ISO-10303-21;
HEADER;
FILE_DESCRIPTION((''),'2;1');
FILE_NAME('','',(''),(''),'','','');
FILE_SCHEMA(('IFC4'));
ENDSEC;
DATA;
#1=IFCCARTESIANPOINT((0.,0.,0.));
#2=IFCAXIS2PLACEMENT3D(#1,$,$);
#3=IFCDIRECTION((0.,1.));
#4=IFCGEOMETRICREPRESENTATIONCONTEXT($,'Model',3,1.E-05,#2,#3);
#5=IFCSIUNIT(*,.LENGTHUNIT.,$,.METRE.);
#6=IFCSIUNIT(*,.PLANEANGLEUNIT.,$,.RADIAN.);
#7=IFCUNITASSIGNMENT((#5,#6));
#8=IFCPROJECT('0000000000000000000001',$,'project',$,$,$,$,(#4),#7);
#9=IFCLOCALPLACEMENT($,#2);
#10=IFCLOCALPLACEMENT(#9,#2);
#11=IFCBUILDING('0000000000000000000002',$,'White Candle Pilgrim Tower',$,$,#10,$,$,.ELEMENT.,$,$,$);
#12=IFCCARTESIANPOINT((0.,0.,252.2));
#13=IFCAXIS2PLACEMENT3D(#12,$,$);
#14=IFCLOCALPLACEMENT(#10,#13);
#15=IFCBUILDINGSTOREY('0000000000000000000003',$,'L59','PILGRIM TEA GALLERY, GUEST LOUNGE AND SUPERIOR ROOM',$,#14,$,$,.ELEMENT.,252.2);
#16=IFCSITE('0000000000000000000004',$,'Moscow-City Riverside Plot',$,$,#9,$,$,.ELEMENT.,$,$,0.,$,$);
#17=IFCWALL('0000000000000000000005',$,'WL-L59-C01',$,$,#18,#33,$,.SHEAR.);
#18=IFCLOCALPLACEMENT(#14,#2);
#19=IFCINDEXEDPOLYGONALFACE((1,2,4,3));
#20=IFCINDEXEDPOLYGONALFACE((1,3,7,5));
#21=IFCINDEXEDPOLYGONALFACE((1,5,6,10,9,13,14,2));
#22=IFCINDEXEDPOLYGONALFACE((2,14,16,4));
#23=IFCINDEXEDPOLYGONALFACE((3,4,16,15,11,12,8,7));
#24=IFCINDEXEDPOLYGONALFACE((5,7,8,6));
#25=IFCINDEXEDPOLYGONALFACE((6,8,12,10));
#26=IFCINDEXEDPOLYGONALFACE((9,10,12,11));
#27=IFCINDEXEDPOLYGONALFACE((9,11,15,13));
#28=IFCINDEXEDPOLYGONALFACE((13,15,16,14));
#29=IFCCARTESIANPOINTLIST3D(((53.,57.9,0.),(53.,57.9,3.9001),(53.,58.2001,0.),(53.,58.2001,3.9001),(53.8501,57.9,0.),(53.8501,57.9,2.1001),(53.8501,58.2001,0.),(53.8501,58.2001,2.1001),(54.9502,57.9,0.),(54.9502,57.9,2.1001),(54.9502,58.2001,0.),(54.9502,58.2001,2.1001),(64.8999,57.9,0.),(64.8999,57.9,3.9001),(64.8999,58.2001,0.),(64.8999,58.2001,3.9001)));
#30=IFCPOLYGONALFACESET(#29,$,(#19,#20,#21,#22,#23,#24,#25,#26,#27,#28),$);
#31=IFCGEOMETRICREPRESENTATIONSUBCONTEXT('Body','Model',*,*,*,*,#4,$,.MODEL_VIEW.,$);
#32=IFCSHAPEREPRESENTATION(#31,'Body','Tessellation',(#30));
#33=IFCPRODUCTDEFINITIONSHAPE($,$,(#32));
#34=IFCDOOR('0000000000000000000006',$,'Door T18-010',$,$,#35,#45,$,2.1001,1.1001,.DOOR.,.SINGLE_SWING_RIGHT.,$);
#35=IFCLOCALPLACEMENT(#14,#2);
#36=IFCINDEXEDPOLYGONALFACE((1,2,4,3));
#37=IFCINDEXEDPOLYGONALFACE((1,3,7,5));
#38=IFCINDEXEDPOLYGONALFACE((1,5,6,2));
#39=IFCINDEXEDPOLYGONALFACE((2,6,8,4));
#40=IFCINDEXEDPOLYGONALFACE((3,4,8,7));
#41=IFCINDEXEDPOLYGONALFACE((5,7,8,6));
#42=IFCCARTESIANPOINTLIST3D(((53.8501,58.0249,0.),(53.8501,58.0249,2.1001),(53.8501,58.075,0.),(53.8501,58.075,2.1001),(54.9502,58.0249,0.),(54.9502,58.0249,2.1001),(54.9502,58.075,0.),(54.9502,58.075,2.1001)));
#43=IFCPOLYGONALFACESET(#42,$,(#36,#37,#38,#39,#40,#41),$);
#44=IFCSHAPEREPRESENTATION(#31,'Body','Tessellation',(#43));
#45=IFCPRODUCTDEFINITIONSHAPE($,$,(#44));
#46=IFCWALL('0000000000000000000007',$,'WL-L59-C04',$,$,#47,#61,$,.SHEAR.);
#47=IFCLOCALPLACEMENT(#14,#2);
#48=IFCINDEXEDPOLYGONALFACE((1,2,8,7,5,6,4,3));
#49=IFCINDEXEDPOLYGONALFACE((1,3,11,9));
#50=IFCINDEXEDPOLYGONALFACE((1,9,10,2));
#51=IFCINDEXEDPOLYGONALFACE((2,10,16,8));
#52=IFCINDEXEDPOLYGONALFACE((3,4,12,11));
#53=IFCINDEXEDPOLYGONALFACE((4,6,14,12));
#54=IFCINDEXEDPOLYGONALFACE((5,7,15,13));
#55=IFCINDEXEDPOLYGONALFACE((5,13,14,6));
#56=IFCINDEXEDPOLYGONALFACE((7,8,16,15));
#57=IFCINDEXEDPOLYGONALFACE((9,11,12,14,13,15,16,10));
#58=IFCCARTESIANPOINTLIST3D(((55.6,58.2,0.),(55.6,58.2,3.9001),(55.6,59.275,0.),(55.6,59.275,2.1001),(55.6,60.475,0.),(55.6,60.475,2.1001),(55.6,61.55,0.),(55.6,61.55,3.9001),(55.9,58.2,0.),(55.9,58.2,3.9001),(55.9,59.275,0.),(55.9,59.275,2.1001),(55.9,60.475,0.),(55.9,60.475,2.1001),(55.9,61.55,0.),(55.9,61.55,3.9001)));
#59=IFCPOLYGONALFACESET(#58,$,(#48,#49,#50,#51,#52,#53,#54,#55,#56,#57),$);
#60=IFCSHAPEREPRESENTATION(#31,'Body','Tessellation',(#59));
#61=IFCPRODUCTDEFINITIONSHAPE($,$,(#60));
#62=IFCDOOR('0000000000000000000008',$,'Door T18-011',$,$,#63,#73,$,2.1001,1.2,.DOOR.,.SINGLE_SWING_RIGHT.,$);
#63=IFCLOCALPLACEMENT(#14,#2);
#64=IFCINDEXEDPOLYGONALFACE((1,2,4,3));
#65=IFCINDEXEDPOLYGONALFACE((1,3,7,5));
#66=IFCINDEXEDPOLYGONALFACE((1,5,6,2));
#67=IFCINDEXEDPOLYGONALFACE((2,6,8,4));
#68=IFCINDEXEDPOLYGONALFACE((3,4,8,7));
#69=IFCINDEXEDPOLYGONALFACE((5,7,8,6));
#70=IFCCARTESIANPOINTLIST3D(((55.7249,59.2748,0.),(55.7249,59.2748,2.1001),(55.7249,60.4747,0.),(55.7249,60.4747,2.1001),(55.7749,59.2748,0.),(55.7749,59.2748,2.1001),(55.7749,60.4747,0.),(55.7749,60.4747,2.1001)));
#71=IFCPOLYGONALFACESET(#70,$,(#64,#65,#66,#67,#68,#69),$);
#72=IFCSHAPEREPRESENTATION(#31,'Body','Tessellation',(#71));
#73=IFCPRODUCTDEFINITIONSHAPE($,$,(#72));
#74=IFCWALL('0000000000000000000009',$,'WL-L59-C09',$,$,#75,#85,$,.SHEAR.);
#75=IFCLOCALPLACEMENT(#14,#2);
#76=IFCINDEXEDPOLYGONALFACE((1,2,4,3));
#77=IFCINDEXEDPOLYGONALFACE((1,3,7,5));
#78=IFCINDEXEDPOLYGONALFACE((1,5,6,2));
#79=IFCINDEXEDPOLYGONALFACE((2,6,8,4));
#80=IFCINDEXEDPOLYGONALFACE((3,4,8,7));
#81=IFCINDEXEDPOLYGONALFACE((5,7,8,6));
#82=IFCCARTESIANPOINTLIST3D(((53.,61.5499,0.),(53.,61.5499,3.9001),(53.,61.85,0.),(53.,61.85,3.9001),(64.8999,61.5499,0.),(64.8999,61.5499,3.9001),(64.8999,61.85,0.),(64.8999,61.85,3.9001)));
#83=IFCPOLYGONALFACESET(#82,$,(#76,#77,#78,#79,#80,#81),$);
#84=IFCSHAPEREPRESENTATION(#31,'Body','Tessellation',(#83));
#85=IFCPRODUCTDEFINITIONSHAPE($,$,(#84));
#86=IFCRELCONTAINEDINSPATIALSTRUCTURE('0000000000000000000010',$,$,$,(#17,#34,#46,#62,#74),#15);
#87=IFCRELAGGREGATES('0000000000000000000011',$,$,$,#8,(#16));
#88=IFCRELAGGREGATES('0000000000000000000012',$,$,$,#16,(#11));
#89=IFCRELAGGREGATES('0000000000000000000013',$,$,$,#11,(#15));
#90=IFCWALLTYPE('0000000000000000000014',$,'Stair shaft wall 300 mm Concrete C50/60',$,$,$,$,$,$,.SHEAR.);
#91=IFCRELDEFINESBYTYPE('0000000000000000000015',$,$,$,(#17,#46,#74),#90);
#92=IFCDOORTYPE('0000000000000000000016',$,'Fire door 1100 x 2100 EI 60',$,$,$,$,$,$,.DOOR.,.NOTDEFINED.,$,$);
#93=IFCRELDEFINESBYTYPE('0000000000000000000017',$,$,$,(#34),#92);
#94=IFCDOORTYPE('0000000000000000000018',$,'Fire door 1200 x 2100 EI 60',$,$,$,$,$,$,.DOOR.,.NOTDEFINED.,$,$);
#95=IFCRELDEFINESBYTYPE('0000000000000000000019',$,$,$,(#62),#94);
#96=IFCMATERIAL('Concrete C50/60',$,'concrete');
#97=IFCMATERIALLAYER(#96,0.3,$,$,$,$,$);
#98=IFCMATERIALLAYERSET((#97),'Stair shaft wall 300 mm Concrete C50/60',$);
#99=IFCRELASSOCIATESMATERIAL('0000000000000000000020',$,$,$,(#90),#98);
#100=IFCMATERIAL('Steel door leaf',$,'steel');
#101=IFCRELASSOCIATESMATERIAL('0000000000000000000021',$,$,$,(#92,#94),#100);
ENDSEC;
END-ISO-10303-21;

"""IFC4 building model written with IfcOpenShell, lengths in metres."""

from ifc_helpers import new_model, si_unit, direction, frame, frame_2d, origin, place, context, subcontext, project, spatial, rectangle, extrude, material, layer, layer_set, type_object, element, fill, save


model = new_model("IFC4")

# Units and contexts
model_context = context("Model", 3, precision=1e-05, world=origin(), true_north=direction((0.0, 1.0)))
body_context = subcontext(model_context, "Body", "Model", "MODEL_VIEW")
ifc_project = project(units=[si_unit("LENGTHUNIT", "METRE"), si_unit("PLANEANGLEUNIT", "RADIAN")], contexts=[model_context])

# Site, building, storey
site_placement = place(None, origin())
site = spatial("IfcSite", under=ifc_project, at=site_placement, Name="Moscow-City Riverside Plot", CompositionType="ELEMENT", RefElevation=0.0)
building_placement = place(site_placement, origin())
building = spatial("IfcBuilding", under=site, at=building_placement, Name="White Candle Pilgrim Tower", CompositionType="ELEMENT")
storey_placement = place(building_placement, frame((0.0, 0.0, 252.2)))
storey = spatial("IfcBuildingStorey", under=building, at=storey_placement, Name="L59", Description="PILGRIM TEA GALLERY, GUEST LOUNGE AND SUPERIOR ROOM", CompositionType="ELEMENT", Elevation=252.2)

# Shared definitions
ifc_material_1 = material(Name="Concrete C50/60", Category="concrete")

# Shared definitions
ifc_material_2 = material(Name="Steel door leaf", Category="steel")

# Walls, openings, doors
ifc_layer_1 = layer(ifc_material_1, 0.3)
ifc_layer_set_1 = layer_set([ifc_layer_1], Name="Stair shaft wall 300 mm Concrete C50/60")
wall_type_1 = type_object("IfcWallType", Name="Stair shaft wall 300 mm Concrete C50/60", PredefinedType="SHEAR", material=ifc_layer_set_1)
wall_1_placement = place(storey_placement, frame((53.0, 58.05, 0.0), z_axis=(0.0, 0.0, 1.0), x_axis=(1.0, 0.0, 0.0)))
wall_1 = element("IfcWall", 1, at=wall_1_placement, inside=storey, type_object=wall_type_1, Name="WL-L59-C01", PredefinedType="SHEAR", context=body_context, shape_type="SweptSolid", body=[
    extrude(rectangle(XDim=11.8999, YDim=0.3, at=frame_2d((5.95, 0.0))), origin(), (0.0, 0.0, 1.0), 3.9001),
])
opening_1_placement = place(wall_1_placement, frame((0.8501, 0.0, 0.0)))
opening_1 = element("IfcOpeningElement", 2, at=opening_1_placement, cuts=wall_1, PredefinedType="OPENING", context=body_context, shape_type="SweptSolid", body=[
    extrude(rectangle(XDim=1.1001, YDim=2.1001, at=frame_2d((0.55, 1.05))), frame((0.0, 0.1599, 0.0), z_axis=(0.0, -1.0, 0.0), x_axis=(1.0, 0.0, 0.0)), (0.0, 0.0, 1.0), 0.3201),
])
door_type_1 = type_object("IfcDoorType", Name="Fire door 1100 x 2100 EI 60", OperationType="NOTDEFINED", PredefinedType="DOOR", material=ifc_material_2)
door_1_placement = place(opening_1_placement, origin())
door_1 = element("IfcDoor", 3, at=door_1_placement, inside=storey, type_object=door_type_1, Name="Door T18-010", OperationType="SINGLE_SWING_RIGHT", OverallHeight=2.1001, OverallWidth=1.1001, PredefinedType="DOOR", context=body_context, shape_type="SweptSolid", body=[
    extrude(rectangle(XDim=1.1001, YDim=2.1001, at=frame_2d((0.55, 1.05))), frame((0.0, 0.0249, 0.0), z_axis=(0.0, -1.0, 0.0), x_axis=(1.0, 0.0, 0.0)), (0.0, 0.0, 1.0), 0.05),
])
fill(opening_1, door_1)
wall_2_placement = place(storey_placement, frame((55.75, 58.2, 0.0), z_axis=(0.0, 0.0, 1.0), x_axis=(0.0, 1.0, 0.0)))
wall_2 = element("IfcWall", 4, at=wall_2_placement, inside=storey, type_object=wall_type_1, Name="WL-L59-C04", PredefinedType="SHEAR", context=body_context, shape_type="SweptSolid", body=[
    extrude(rectangle(XDim=3.3501, YDim=0.3, at=frame_2d((1.675, 0.0))), origin(), (0.0, 0.0, 1.0), 3.9001),
])
opening_2_placement = place(wall_2_placement, frame((1.075, 0.0, 0.0)))
opening_2 = element("IfcOpeningElement", 5, at=opening_2_placement, cuts=wall_2, PredefinedType="OPENING", context=body_context, shape_type="SweptSolid", body=[
    extrude(rectangle(XDim=1.2, YDim=2.1001, at=frame_2d((0.6001, 1.05))), frame((0.0, 0.1599, 0.0), z_axis=(0.0, -1.0, 0.0), x_axis=(1.0, 0.0, 0.0)), (0.0, 0.0, 1.0), 0.3201),
])
door_type_2 = type_object("IfcDoorType", Name="Fire door 1200 x 2100 EI 60", OperationType="NOTDEFINED", PredefinedType="DOOR", material=ifc_material_2)
door_2_placement = place(opening_2_placement, frame((1.2, 0.0, 0.0), z_axis=(0.0, 0.0, 1.0), x_axis=(-1.0, 0.0, 0.0)))
door_2 = element("IfcDoor", 6, at=door_2_placement, inside=storey, type_object=door_type_2, Name="Door T18-011", OperationType="SINGLE_SWING_RIGHT", OverallHeight=2.1001, OverallWidth=1.2, PredefinedType="DOOR", context=body_context, shape_type="SweptSolid", body=[
    extrude(rectangle(XDim=1.2, YDim=2.1001, at=frame_2d((0.6001, 1.05))), frame((0.0, 0.0249, 0.0), z_axis=(0.0, -1.0, 0.0), x_axis=(1.0, 0.0, 0.0)), (0.0, 0.0, 1.0), 0.05),
])
fill(opening_2, door_2)

# Wall
wall_3_placement = place(storey_placement, frame((53.0, 61.7, 0.0), z_axis=(0.0, 0.0, 1.0), x_axis=(1.0, 0.0, 0.0)))
element("IfcWall", 7, at=wall_3_placement, inside=storey, type_object=wall_type_1, Name="WL-L59-C09", PredefinedType="SHEAR", context=body_context, shape_type="SweptSolid", body=[
    extrude(rectangle(XDim=11.8999, YDim=0.3, at=frame_2d((5.95, 0.0))), origin(), (0.0, 0.0, 1.0), 3.9001),
])

save(model, "model.ifc")
